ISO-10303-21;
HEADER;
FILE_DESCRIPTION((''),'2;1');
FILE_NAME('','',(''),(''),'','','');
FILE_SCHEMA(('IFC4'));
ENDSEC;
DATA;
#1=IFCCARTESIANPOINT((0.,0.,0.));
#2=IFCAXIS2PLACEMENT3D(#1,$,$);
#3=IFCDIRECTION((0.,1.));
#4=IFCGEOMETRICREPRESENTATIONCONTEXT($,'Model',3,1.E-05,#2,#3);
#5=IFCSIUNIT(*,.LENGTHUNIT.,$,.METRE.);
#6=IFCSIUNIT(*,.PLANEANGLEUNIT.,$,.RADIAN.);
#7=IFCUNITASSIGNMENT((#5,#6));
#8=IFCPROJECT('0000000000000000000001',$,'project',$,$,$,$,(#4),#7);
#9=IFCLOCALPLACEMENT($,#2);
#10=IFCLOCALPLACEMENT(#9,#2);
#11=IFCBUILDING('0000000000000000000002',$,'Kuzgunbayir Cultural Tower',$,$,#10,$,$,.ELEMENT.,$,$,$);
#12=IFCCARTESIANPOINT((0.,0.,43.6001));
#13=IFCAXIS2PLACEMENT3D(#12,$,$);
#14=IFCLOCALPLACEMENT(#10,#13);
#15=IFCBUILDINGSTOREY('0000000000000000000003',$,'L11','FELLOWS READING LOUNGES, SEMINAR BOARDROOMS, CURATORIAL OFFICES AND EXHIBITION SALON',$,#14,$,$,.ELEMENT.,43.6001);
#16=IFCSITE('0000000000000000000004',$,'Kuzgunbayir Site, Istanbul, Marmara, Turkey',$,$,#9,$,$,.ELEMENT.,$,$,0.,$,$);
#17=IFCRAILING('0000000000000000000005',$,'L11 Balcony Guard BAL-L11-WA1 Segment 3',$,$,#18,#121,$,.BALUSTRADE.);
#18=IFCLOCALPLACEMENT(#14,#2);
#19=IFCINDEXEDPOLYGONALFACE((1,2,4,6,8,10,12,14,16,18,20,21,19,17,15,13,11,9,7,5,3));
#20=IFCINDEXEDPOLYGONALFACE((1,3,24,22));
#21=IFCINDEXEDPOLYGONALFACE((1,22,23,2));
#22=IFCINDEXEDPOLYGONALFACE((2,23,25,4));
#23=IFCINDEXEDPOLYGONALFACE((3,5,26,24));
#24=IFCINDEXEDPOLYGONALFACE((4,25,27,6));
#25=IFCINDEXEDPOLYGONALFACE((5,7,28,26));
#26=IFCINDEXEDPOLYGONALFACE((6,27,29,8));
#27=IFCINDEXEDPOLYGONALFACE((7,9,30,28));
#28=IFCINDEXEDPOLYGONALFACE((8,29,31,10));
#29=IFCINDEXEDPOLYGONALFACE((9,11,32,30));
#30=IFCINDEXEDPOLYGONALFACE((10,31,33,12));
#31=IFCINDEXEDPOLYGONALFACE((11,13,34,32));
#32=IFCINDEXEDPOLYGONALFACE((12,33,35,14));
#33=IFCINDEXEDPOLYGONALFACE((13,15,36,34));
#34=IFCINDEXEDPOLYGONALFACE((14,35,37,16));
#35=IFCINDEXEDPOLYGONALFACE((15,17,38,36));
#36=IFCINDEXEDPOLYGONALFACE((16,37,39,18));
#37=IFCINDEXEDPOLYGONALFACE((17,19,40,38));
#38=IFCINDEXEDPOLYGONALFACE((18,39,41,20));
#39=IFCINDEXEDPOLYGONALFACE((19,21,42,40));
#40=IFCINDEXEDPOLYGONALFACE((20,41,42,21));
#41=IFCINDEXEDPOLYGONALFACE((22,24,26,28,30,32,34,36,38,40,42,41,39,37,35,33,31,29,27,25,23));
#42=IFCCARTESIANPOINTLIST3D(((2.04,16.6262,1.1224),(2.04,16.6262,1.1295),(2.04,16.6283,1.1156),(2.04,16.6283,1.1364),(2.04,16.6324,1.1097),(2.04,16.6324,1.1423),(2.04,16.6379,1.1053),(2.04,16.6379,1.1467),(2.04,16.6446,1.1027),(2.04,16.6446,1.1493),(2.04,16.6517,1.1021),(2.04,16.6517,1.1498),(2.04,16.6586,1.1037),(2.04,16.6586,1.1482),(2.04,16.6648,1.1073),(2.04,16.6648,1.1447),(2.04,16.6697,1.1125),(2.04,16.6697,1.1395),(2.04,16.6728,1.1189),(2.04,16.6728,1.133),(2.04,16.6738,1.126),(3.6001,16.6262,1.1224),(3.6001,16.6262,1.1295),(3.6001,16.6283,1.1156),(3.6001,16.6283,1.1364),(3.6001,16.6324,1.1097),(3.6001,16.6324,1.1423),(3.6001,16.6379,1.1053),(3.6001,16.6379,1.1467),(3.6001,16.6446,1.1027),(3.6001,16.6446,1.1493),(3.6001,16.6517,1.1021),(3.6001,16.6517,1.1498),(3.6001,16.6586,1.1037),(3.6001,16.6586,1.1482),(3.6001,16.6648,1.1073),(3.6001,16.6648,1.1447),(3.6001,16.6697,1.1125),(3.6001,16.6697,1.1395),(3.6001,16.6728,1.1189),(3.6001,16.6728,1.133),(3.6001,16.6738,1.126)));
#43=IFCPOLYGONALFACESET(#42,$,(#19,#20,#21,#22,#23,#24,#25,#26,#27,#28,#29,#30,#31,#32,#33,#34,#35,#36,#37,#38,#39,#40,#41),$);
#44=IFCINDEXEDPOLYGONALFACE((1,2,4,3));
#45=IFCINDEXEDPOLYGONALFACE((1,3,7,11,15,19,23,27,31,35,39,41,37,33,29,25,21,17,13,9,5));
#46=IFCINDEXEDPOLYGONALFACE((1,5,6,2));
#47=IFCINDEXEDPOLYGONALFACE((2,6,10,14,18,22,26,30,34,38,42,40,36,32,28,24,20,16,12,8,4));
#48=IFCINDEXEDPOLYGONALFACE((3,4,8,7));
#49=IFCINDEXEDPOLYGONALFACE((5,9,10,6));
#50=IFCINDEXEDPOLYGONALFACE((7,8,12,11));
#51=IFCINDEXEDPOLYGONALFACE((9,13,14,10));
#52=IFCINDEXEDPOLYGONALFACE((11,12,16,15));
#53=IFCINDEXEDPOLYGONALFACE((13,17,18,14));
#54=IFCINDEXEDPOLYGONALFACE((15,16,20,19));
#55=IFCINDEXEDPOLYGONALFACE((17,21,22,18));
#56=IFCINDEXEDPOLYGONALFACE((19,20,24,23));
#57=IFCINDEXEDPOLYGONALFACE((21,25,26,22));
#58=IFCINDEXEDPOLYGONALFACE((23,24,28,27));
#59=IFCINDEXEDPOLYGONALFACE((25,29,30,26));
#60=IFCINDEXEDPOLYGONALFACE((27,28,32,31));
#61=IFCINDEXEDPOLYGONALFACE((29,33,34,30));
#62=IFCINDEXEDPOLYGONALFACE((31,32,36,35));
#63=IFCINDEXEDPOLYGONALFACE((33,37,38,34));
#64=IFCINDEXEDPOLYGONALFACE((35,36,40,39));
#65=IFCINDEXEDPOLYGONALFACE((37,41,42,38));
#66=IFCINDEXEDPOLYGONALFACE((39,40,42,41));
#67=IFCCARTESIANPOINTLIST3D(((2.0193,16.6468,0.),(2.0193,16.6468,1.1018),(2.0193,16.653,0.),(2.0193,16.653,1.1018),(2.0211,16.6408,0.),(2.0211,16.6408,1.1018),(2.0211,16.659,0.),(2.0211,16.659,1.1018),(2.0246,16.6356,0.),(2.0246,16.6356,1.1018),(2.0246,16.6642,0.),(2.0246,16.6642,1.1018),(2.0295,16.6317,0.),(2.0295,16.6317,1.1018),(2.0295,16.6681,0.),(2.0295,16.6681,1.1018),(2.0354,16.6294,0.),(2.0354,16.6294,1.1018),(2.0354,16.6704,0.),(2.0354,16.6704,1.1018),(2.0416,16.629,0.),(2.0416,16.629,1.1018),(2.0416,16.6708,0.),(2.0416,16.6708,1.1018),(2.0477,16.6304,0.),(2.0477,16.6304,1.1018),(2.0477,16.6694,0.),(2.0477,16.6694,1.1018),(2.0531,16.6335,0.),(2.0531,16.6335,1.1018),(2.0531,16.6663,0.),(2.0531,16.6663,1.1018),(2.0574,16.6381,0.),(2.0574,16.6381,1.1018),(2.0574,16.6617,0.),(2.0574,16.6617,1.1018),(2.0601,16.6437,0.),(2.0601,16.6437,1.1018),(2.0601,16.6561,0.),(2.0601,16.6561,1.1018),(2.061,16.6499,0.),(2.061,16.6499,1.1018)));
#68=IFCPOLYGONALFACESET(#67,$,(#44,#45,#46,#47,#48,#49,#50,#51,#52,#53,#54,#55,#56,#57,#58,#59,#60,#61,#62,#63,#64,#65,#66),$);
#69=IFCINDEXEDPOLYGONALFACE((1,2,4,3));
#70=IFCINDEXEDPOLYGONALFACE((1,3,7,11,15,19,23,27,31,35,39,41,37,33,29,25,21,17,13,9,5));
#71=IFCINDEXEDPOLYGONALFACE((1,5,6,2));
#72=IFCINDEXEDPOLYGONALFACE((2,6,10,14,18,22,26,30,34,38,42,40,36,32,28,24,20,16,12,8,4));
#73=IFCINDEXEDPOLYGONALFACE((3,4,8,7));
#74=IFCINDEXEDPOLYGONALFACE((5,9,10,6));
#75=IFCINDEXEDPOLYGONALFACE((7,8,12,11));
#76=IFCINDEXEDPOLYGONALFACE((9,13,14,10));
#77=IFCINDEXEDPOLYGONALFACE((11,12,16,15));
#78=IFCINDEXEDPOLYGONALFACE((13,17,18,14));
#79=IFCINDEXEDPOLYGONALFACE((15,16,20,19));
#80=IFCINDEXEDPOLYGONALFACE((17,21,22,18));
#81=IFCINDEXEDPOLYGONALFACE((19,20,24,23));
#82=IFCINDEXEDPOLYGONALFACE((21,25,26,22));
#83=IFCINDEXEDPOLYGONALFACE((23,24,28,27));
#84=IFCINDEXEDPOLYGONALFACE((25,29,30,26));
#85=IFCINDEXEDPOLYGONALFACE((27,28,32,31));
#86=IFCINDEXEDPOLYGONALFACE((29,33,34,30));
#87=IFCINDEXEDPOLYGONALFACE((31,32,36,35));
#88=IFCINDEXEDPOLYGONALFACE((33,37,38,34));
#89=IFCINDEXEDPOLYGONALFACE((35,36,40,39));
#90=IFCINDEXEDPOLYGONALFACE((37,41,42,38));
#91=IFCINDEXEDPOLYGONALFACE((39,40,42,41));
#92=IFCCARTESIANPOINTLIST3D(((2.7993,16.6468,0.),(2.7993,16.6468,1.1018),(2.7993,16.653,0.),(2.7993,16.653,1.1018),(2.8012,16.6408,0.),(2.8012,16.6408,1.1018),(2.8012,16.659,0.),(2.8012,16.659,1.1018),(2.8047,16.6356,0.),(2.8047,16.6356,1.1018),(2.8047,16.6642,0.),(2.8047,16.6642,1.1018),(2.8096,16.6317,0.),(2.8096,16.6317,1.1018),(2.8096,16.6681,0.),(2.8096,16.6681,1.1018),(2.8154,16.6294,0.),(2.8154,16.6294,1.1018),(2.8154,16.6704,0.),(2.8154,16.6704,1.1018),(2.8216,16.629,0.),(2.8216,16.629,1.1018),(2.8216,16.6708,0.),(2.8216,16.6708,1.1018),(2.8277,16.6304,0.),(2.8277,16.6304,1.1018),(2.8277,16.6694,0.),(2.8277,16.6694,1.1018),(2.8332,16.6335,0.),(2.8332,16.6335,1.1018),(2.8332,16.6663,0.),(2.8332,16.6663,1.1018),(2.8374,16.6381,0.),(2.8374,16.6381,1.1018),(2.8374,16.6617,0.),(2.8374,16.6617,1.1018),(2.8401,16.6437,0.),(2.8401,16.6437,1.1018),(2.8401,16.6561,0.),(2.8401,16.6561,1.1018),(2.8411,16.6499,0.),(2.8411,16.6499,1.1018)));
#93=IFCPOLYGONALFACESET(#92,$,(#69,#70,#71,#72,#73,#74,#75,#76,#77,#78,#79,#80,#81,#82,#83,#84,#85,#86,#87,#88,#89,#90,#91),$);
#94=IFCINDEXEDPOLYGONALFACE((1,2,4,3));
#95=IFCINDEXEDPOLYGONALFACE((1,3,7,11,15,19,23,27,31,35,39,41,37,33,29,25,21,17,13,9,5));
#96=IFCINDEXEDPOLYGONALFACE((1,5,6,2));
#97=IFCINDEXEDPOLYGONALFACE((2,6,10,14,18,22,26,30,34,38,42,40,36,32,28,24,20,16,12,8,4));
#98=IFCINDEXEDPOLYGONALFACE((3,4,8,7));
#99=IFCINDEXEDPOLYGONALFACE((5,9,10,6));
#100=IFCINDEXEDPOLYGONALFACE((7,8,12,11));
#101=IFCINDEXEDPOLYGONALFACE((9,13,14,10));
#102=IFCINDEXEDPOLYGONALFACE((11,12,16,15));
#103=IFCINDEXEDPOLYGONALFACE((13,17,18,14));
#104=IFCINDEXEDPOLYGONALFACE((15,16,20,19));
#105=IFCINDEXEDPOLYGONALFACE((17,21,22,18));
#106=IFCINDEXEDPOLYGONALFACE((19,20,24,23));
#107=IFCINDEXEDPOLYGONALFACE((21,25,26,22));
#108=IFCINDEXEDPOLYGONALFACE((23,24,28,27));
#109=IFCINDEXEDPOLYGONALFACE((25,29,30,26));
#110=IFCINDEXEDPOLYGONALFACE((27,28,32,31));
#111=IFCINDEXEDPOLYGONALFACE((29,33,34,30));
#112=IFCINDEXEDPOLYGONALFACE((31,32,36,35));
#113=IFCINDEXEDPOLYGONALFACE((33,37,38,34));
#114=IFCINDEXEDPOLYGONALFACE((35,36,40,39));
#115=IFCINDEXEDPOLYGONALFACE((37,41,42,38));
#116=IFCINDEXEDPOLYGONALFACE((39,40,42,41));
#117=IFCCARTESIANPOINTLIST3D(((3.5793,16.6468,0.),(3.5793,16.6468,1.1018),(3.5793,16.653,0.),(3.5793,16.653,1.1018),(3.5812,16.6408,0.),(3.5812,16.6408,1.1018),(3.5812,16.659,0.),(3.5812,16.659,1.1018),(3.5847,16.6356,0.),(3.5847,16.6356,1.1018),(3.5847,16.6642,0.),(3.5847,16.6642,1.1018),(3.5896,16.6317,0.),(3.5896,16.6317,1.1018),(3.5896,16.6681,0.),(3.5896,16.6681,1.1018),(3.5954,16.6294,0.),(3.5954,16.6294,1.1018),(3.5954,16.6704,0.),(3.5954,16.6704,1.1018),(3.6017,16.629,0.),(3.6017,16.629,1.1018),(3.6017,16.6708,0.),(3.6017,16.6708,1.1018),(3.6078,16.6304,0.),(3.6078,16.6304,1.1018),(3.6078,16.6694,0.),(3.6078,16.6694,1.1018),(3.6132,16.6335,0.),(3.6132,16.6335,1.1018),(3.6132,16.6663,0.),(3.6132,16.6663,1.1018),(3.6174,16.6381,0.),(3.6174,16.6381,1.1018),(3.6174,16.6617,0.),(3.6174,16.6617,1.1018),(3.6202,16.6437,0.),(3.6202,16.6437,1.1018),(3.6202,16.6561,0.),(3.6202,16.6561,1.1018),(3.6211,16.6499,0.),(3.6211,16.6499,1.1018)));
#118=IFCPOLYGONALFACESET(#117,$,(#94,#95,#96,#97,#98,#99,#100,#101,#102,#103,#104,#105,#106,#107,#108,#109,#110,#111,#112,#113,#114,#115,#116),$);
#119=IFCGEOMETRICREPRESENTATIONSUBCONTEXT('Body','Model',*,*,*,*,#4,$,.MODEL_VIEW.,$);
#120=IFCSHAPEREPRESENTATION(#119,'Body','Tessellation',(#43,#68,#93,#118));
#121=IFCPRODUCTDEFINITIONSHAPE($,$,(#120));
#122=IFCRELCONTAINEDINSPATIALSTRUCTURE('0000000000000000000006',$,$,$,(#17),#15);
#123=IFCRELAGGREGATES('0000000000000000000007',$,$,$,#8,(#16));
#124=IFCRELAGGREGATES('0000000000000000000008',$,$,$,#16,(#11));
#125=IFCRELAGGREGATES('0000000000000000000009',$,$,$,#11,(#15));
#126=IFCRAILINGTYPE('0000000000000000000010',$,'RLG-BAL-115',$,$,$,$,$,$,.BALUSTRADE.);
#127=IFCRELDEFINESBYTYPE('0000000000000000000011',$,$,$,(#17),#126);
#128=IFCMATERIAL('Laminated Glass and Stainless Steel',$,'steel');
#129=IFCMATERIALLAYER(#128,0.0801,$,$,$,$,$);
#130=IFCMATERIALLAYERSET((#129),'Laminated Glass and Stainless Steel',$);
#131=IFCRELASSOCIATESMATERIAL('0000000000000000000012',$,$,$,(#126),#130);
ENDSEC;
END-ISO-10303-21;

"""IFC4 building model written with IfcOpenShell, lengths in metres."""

from ifc_helpers import new_model, si_unit, direction, frame, origin, origin_2d, place, context, subcontext, project, spatial, circle, extrude, material, layer, layer_set, type_object, element, save


model = new_model("IFC4")

# Units and contexts
model_context = context("Model", 3, precision=1e-05, world=origin(), true_north=direction((0.0, 1.0)))
body_context = subcontext(model_context, "Body", "Model", "MODEL_VIEW")
ifc_project = project(units=[si_unit("LENGTHUNIT", "METRE"), si_unit("PLANEANGLEUNIT", "RADIAN")], contexts=[model_context])

# Site, building, storey
site_placement = place(None, origin())
site = spatial("IfcSite", under=ifc_project, at=site_placement, Name="Kuzgunbayir Site, Istanbul, Marmara, Turkey", CompositionType="ELEMENT", RefElevation=0.0)
building_placement = place(site_placement, origin())
building = spatial("IfcBuilding", under=site, at=building_placement, Name="Kuzgunbayir Cultural Tower", CompositionType="ELEMENT")
storey_placement = place(building_placement, frame((0.0, 0.0, 43.6001)))
storey = spatial("IfcBuildingStorey", under=building, at=storey_placement, Name="L11", Description="FELLOWS READING LOUNGES, SEMINAR BOARDROOMS, CURATORIAL OFFICES AND EXHIBITION SALON", CompositionType="ELEMENT", Elevation=43.6001)

# Railing
ifc_material_1 = material(Name="Laminated Glass and Stainless Steel", Category="steel")
ifc_layer_1 = layer(ifc_material_1, 0.0801)
ifc_layer_set_1 = layer_set([ifc_layer_1], Name="Laminated Glass and Stainless Steel")
railing_type = type_object("IfcRailingType", Name="RLG-BAL-115", PredefinedType="BALUSTRADE", material=ifc_layer_set_1)
railing_1_placement = place(storey_placement, frame((2.04, 16.6499, 0.0)))
element("IfcRailing", 1, at=railing_1_placement, inside=storey, type_object=railing_type, Name="L11 Balcony Guard BAL-L11-WA1 Segment 3", PredefinedType="BALUSTRADE", context=body_context, shape_type="SweptSolid", body=[
    extrude(circle(Radius=0.0239, at=origin_2d()), frame((0.0, 0.0, 1.126), z_axis=(1.0, 0.0, 0.0), x_axis=(0.0, 1.0, 0.0)), (0.0, 0.0, 1.0), 1.5601),
    extrude(circle(Radius=0.021, at=origin_2d()), origin(), (0.0, 0.0, 1.0), 1.1018),
    extrude(circle(Radius=0.021, at=origin_2d()), frame((0.78, 0.0, 0.0)), (0.0, 0.0, 1.0), 1.1018),
    extrude(circle(Radius=0.021, at=origin_2d()), frame((1.5601, 0.0, 0.0)), (0.0, 0.0, 1.0), 1.1018),
])

save(model, "model.ifc")
